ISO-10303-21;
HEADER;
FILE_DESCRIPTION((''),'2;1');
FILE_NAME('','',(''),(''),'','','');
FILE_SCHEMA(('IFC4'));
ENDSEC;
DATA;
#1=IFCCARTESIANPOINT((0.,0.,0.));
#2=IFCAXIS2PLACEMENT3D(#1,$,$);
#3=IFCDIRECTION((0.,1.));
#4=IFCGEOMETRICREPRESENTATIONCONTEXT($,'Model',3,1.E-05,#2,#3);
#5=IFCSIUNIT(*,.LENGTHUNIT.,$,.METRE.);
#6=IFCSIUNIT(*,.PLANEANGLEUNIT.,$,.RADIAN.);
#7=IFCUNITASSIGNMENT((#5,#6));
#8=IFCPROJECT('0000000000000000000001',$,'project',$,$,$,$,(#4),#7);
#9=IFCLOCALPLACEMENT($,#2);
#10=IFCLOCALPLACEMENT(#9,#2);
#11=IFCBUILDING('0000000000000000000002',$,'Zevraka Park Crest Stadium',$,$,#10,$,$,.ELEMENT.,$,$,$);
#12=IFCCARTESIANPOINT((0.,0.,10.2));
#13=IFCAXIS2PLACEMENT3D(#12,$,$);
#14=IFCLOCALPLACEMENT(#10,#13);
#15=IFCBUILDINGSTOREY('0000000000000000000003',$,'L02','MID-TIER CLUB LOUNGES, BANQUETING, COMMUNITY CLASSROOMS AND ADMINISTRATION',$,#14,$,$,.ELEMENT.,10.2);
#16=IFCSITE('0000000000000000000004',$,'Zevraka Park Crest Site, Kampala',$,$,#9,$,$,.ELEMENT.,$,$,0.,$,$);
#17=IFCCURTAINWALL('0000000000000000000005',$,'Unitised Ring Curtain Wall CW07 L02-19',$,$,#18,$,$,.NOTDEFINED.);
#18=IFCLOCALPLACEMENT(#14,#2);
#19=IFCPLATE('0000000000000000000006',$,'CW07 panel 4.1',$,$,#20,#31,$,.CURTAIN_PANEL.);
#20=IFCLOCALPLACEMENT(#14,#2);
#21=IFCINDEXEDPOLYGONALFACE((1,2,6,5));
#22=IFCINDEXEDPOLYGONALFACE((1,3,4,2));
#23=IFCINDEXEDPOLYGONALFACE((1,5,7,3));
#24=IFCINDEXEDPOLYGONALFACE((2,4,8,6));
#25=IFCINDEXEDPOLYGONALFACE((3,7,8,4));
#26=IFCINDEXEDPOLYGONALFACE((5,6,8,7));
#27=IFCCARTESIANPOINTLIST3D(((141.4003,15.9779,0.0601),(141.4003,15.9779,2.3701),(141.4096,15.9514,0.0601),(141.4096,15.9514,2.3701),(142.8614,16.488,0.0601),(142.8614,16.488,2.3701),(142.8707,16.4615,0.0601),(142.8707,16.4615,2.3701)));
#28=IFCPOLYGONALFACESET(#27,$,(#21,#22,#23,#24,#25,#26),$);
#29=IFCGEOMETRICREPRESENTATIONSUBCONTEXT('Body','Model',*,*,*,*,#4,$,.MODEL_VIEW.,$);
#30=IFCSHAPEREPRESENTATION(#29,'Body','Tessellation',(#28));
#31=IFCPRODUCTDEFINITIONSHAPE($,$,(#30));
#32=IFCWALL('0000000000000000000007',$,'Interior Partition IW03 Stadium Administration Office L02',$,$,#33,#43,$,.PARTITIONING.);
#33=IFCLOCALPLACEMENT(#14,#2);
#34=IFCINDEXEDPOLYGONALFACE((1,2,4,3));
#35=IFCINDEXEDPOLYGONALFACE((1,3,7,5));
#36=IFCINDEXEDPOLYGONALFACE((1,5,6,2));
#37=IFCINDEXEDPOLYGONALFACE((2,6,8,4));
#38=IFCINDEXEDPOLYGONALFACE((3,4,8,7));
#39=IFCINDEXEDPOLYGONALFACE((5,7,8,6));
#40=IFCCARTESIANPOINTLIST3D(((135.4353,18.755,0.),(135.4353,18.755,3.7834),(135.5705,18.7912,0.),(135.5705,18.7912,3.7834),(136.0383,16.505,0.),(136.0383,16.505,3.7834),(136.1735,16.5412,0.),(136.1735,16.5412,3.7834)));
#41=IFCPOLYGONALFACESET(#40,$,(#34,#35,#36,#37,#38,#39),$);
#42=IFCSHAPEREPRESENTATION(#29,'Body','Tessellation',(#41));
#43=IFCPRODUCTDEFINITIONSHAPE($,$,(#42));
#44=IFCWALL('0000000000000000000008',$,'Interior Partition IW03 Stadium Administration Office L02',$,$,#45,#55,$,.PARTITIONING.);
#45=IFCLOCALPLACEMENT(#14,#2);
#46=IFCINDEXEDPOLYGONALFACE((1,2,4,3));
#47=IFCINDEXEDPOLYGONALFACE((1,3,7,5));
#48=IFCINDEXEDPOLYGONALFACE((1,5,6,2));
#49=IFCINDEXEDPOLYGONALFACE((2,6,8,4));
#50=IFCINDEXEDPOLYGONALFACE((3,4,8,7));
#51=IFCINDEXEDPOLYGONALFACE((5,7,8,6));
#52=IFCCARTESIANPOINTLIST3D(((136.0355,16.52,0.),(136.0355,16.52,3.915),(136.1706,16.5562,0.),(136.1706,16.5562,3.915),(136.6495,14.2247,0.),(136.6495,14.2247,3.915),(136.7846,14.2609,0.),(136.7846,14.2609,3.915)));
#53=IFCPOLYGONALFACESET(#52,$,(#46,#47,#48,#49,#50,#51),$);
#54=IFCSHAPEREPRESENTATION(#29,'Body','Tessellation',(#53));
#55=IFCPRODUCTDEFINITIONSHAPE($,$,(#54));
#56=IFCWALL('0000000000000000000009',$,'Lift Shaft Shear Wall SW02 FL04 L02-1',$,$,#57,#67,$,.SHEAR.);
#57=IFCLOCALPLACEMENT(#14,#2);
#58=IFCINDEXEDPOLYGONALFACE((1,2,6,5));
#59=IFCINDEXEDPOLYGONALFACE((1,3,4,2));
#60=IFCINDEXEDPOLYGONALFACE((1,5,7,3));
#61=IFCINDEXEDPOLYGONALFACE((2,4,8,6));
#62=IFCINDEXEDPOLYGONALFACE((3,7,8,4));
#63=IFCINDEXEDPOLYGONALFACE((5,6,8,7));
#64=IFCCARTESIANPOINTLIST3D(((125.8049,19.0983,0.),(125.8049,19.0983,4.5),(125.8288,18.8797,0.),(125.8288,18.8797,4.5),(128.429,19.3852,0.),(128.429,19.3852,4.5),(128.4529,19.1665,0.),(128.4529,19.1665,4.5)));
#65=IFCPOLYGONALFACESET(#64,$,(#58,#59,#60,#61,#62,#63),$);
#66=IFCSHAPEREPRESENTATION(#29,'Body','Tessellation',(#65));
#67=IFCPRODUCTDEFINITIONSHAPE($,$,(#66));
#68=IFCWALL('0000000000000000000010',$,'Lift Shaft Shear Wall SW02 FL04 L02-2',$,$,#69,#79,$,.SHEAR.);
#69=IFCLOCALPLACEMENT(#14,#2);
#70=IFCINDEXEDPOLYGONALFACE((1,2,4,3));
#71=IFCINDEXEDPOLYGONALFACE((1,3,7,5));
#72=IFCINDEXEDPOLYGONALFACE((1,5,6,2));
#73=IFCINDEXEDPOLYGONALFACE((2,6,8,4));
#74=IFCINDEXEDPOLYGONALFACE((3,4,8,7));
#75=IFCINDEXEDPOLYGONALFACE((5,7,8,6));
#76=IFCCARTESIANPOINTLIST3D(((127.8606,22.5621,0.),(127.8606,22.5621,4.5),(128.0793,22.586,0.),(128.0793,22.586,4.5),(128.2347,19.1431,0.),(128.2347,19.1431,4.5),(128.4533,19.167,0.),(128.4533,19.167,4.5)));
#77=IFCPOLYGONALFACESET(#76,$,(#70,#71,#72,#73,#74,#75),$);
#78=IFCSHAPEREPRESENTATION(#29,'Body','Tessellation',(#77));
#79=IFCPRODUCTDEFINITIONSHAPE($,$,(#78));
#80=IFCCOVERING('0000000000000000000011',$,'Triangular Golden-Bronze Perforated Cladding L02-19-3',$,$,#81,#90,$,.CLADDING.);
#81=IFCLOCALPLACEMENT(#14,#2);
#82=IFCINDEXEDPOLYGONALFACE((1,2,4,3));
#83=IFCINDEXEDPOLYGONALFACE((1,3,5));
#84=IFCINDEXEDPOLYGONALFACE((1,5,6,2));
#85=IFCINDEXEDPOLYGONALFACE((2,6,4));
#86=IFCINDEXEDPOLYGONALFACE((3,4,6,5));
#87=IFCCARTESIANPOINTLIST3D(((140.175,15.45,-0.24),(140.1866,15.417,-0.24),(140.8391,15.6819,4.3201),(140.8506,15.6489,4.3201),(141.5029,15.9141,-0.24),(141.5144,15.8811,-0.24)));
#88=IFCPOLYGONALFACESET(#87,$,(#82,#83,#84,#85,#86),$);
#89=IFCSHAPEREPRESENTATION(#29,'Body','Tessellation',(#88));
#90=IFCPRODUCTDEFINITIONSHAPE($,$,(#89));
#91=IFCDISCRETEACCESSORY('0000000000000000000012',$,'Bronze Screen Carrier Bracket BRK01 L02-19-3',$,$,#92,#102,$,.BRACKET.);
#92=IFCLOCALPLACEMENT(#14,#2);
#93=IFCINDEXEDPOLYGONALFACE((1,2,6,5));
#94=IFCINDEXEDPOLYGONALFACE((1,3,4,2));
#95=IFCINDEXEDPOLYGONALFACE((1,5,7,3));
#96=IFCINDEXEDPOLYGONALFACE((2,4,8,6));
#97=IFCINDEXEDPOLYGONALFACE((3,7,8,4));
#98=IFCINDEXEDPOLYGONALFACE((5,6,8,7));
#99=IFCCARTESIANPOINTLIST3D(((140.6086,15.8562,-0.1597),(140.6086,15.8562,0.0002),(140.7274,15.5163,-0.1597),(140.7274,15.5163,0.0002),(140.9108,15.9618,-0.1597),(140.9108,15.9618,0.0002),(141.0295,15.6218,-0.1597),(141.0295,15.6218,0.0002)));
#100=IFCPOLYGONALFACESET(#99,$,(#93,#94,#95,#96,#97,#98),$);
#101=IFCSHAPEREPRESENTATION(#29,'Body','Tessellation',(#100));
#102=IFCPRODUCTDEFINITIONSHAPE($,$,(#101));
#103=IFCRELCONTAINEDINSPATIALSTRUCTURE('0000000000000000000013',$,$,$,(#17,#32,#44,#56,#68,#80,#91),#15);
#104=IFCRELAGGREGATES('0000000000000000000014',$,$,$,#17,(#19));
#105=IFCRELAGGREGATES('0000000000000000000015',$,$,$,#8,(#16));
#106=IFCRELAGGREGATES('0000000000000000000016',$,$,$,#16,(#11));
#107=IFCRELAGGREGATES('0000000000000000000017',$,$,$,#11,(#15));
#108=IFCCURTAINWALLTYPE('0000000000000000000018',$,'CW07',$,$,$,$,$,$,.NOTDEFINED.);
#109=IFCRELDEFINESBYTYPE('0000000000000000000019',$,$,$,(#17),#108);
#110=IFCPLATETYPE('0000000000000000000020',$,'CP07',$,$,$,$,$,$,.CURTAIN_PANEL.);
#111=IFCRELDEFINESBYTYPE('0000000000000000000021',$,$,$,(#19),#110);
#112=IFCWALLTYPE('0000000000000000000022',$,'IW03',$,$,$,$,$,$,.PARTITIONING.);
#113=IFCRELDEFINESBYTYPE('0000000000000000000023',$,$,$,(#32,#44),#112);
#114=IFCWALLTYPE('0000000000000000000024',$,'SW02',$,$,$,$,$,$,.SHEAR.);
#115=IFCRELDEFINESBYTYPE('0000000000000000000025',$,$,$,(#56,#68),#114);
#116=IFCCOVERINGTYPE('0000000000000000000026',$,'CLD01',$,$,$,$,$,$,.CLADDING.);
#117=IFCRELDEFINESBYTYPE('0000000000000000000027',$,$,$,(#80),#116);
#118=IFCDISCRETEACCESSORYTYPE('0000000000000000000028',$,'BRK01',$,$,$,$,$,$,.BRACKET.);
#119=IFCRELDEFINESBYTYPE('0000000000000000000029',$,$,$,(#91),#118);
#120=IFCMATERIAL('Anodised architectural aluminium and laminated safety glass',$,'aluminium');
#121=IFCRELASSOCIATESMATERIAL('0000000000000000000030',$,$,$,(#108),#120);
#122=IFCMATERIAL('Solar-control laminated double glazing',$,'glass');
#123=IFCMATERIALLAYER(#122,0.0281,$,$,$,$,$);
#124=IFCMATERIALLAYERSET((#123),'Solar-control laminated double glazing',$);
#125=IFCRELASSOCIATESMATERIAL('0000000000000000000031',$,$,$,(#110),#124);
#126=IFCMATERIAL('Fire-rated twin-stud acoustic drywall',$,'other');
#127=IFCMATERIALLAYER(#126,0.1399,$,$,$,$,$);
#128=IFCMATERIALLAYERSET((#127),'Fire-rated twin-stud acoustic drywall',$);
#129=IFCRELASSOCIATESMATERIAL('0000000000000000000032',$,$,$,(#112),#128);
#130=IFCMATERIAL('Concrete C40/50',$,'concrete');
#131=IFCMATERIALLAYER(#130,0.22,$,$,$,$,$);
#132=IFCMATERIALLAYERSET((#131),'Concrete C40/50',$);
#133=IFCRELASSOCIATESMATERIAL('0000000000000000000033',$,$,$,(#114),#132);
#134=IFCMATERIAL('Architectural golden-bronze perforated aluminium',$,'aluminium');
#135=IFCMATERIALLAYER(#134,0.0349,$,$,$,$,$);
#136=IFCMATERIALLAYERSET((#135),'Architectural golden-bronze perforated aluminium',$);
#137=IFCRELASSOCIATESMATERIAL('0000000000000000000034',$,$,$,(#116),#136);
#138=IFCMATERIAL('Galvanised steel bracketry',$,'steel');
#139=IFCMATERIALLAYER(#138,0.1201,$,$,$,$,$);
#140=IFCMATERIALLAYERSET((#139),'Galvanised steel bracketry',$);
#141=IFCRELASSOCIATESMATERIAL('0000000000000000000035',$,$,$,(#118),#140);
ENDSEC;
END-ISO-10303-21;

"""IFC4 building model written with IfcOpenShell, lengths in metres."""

from ifc_helpers import new_model, si_unit, direction, frame, frame_2d, origin, origin_2d, place, context, subcontext, project, spatial, polyline, rectangle, outline, extrude, material, layer, layer_set, type_object, element, aggregate, save


model = new_model("IFC4")

# Units and contexts
model_context = context("Model", 3, precision=1e-05, world=origin(), true_north=direction((0.0, 1.0)))
body_context = subcontext(model_context, "Body", "Model", "MODEL_VIEW")
ifc_project = project(units=[si_unit("LENGTHUNIT", "METRE"), si_unit("PLANEANGLEUNIT", "RADIAN")], contexts=[model_context])

# Site, building, storey
site_placement = place(None, origin())
site = spatial("IfcSite", under=ifc_project, at=site_placement, Name="Zevraka Park Crest Site, Kampala", CompositionType="ELEMENT", RefElevation=0.0)
building_placement = place(site_placement, origin())
building = spatial("IfcBuilding", under=site, at=building_placement, Name="Zevraka Park Crest Stadium", CompositionType="ELEMENT")
storey_placement = place(building_placement, frame((0.0, 0.0, 10.2)))
storey = spatial("IfcBuildingStorey", under=building, at=storey_placement, Name="L02", Description="MID-TIER CLUB LOUNGES, BANQUETING, COMMUNITY CLASSROOMS AND ADMINISTRATION", CompositionType="ELEMENT", Elevation=10.2)

# Curtain wall
ifc_material_1 = material(Name="Anodised architectural aluminium and laminated safety glass", Category="aluminium")
curtain_wall_type = type_object("IfcCurtainWallType", Name="CW07", PredefinedType="NOTDEFINED", material=ifc_material_1)
curtain_wall_placement = place(storey_placement, origin())
curtain_wall = element("IfcCurtainWall", 1, at=curtain_wall_placement, inside=storey, type_object=curtain_wall_type, Name="Unitised Ring Curtain Wall CW07 L02-19", PredefinedType="NOTDEFINED")

# Plate
ifc_material_2 = material(Name="Solar-control laminated double glazing", Category="glass")
ifc_layer_1 = layer(ifc_material_2, 0.0281)
ifc_layer_set_1 = layer_set([ifc_layer_1], Name="Solar-control laminated double glazing")
plate_type = type_object("IfcPlateType", Name="CP07", PredefinedType="CURTAIN_PANEL", material=ifc_layer_set_1)
plate_1_placement = place(storey_placement, frame((142.1355, 16.2197, 0.0601), z_axis=(0.0, 0.0, 1.0), x_axis=(0.944114, 0.329619, 0.0)))
plate_1 = element("IfcPlate", 2, at=plate_1_placement, type_object=plate_type, Name="CW07 panel 4.1", PredefinedType="CURTAIN_PANEL", context=body_context, shape_type="SweptSolid", body=[
    extrude(rectangle(XDim=1.5476, YDim=0.0281, at=origin_2d()), origin(), (0.0, 0.0, 1.0), 2.3101),
])
aggregate(curtain_wall, [plate_1])

# Walls
ifc_material_3 = material(Name="Fire-rated twin-stud acoustic drywall", Category="other")
ifc_layer_2 = layer(ifc_material_3, 0.1399)
ifc_layer_set_2 = layer_set([ifc_layer_2], Name="Fire-rated twin-stud acoustic drywall")
wall_type_1 = type_object("IfcWallType", Name="IW03", PredefinedType="PARTITIONING", material=ifc_layer_set_2)
wall_1_placement = place(storey_placement, frame((135.5029, 18.7729, 0.0), z_axis=(0.0, 0.0, 1.0), x_axis=(0.258876, -0.965911, 0.0)))
element("IfcWall", 3, at=wall_1_placement, inside=storey, type_object=wall_type_1, Name="Interior Partition IW03 Stadium Administration Office L02", PredefinedType="PARTITIONING", context=body_context, shape_type="SweptSolid", body=[
    extrude(rectangle(XDim=2.3293, YDim=0.1399, at=frame_2d((1.1646, 0.0))), origin(), (0.0, 0.0, 1.0), 3.7834),
])
wall_2_placement = place(storey_placement, frame((136.103, 16.5381, 0.0), z_axis=(0.0, 0.0, 1.0), x_axis=(0.258436, -0.966028, 0.0)))
element("IfcWall", 4, at=wall_2_placement, inside=storey, type_object=wall_type_1, Name="Interior Partition IW03 Stadium Administration Office L02", PredefinedType="PARTITIONING", context=body_context, shape_type="SweptSolid", body=[
    extrude(rectangle(XDim=2.376, YDim=0.1399, at=frame_2d((1.188, 0.0))), origin(), (0.0, 0.0, 1.0), 3.915),
])
ifc_material_4 = material(Name="Concrete C40/50", Category="concrete")
ifc_layer_3 = layer(ifc_material_4, 0.22)
ifc_layer_set_3 = layer_set([ifc_layer_3], Name="Concrete C40/50")
wall_type_2 = type_object("IfcWallType", Name="SW02", PredefinedType="SHEAR", material=ifc_layer_set_3)
wall_3_placement = place(storey_placement, frame((125.8169, 18.989, 0.0), z_axis=(0.0, 0.0, 1.0), x_axis=(0.994077, 0.108675, 0.0)))
element("IfcWall", 5, at=wall_3_placement, inside=storey, type_object=wall_type_2, Name="Lift Shaft Shear Wall SW02 FL04 L02-1", PredefinedType="SHEAR", context=body_context, shape_type="SweptSolid", body=[
    extrude(rectangle(XDim=2.6396, YDim=0.22, at=frame_2d((1.3198, 0.0))), origin(), (0.0, 0.0, 1.0), 4.5),
])
wall_4_placement = place(storey_placement, frame((128.344, 19.155, 0.0), z_axis=(0.0, 0.0, 1.0), x_axis=(-0.108749, 0.994069, 0.0)))
element("IfcWall", 6, at=wall_4_placement, inside=storey, type_object=wall_type_2, Name="Lift Shaft Shear Wall SW02 FL04 L02-2", PredefinedType="SHEAR", context=body_context, shape_type="SweptSolid", body=[
    extrude(rectangle(XDim=3.4395, YDim=0.22, at=frame_2d((1.7197, 0.0))), origin(), (0.0, 0.0, 1.0), 4.5),
])

# Covering
ifc_material_5 = material(Name="Architectural golden-bronze perforated aluminium", Category="aluminium")
ifc_layer_4 = layer(ifc_material_5, 0.0349)
ifc_layer_set_4 = layer_set([ifc_layer_4], Name="Architectural golden-bronze perforated aluminium")
covering_type = type_object("IfcCoveringType", Name="CLD01", PredefinedType="CLADDING", material=ifc_layer_set_4)
covering_placement = place(storey_placement, frame((140.175, 15.45, -0.24), z_axis=(-0.329941, 0.944002, 0.000034), x_axis=(0.944002, 0.329941, 0.0)))
element("IfcCovering", 7, at=covering_placement, inside=storey, type_object=covering_type, Name="Triangular Golden-Bronze Perforated Cladding L02-19-3", PredefinedType="CLADDING", context=body_context, shape_type="SweptSolid", body=[
    extrude(outline(polyline([(0.0, 0.0), (1.4067, 0.0), (0.7034, -4.5601), (0.0, 0.0)])), origin(), (0.0, 0.0, -1.0), 0.0349),
])

# Discrete accessory
ifc_material_6 = material(Name="Galvanised steel bracketry", Category="steel")
ifc_layer_5 = layer(ifc_material_6, 0.1201)
ifc_layer_set_5 = layer_set([ifc_layer_5], Name="Galvanised steel bracketry")
discrete_accessory_type = type_object("IfcDiscreteAccessoryType", Name="BRK01", PredefinedType="BRACKET", material=ifc_layer_set_5)
discrete_accessory_placement = place(storey_placement, frame((140.8191, 15.739, -0.1597), z_axis=(0.0, 0.0, 1.0), x_axis=(0.944089, 0.329691, 0.0)))
element("IfcDiscreteAccessory", 8, at=discrete_accessory_placement, inside=storey, type_object=discrete_accessory_type, Name="Bronze Screen Carrier Bracket BRK01 L02-19-3", PredefinedType="BRACKET", context=body_context, shape_type="SweptSolid", body=[
    extrude(rectangle(XDim=0.3201, YDim=0.3601, at=origin_2d()), origin(), (0.0, 0.0, 1.0), 0.1599),
])

save(model, "model.ifc")
